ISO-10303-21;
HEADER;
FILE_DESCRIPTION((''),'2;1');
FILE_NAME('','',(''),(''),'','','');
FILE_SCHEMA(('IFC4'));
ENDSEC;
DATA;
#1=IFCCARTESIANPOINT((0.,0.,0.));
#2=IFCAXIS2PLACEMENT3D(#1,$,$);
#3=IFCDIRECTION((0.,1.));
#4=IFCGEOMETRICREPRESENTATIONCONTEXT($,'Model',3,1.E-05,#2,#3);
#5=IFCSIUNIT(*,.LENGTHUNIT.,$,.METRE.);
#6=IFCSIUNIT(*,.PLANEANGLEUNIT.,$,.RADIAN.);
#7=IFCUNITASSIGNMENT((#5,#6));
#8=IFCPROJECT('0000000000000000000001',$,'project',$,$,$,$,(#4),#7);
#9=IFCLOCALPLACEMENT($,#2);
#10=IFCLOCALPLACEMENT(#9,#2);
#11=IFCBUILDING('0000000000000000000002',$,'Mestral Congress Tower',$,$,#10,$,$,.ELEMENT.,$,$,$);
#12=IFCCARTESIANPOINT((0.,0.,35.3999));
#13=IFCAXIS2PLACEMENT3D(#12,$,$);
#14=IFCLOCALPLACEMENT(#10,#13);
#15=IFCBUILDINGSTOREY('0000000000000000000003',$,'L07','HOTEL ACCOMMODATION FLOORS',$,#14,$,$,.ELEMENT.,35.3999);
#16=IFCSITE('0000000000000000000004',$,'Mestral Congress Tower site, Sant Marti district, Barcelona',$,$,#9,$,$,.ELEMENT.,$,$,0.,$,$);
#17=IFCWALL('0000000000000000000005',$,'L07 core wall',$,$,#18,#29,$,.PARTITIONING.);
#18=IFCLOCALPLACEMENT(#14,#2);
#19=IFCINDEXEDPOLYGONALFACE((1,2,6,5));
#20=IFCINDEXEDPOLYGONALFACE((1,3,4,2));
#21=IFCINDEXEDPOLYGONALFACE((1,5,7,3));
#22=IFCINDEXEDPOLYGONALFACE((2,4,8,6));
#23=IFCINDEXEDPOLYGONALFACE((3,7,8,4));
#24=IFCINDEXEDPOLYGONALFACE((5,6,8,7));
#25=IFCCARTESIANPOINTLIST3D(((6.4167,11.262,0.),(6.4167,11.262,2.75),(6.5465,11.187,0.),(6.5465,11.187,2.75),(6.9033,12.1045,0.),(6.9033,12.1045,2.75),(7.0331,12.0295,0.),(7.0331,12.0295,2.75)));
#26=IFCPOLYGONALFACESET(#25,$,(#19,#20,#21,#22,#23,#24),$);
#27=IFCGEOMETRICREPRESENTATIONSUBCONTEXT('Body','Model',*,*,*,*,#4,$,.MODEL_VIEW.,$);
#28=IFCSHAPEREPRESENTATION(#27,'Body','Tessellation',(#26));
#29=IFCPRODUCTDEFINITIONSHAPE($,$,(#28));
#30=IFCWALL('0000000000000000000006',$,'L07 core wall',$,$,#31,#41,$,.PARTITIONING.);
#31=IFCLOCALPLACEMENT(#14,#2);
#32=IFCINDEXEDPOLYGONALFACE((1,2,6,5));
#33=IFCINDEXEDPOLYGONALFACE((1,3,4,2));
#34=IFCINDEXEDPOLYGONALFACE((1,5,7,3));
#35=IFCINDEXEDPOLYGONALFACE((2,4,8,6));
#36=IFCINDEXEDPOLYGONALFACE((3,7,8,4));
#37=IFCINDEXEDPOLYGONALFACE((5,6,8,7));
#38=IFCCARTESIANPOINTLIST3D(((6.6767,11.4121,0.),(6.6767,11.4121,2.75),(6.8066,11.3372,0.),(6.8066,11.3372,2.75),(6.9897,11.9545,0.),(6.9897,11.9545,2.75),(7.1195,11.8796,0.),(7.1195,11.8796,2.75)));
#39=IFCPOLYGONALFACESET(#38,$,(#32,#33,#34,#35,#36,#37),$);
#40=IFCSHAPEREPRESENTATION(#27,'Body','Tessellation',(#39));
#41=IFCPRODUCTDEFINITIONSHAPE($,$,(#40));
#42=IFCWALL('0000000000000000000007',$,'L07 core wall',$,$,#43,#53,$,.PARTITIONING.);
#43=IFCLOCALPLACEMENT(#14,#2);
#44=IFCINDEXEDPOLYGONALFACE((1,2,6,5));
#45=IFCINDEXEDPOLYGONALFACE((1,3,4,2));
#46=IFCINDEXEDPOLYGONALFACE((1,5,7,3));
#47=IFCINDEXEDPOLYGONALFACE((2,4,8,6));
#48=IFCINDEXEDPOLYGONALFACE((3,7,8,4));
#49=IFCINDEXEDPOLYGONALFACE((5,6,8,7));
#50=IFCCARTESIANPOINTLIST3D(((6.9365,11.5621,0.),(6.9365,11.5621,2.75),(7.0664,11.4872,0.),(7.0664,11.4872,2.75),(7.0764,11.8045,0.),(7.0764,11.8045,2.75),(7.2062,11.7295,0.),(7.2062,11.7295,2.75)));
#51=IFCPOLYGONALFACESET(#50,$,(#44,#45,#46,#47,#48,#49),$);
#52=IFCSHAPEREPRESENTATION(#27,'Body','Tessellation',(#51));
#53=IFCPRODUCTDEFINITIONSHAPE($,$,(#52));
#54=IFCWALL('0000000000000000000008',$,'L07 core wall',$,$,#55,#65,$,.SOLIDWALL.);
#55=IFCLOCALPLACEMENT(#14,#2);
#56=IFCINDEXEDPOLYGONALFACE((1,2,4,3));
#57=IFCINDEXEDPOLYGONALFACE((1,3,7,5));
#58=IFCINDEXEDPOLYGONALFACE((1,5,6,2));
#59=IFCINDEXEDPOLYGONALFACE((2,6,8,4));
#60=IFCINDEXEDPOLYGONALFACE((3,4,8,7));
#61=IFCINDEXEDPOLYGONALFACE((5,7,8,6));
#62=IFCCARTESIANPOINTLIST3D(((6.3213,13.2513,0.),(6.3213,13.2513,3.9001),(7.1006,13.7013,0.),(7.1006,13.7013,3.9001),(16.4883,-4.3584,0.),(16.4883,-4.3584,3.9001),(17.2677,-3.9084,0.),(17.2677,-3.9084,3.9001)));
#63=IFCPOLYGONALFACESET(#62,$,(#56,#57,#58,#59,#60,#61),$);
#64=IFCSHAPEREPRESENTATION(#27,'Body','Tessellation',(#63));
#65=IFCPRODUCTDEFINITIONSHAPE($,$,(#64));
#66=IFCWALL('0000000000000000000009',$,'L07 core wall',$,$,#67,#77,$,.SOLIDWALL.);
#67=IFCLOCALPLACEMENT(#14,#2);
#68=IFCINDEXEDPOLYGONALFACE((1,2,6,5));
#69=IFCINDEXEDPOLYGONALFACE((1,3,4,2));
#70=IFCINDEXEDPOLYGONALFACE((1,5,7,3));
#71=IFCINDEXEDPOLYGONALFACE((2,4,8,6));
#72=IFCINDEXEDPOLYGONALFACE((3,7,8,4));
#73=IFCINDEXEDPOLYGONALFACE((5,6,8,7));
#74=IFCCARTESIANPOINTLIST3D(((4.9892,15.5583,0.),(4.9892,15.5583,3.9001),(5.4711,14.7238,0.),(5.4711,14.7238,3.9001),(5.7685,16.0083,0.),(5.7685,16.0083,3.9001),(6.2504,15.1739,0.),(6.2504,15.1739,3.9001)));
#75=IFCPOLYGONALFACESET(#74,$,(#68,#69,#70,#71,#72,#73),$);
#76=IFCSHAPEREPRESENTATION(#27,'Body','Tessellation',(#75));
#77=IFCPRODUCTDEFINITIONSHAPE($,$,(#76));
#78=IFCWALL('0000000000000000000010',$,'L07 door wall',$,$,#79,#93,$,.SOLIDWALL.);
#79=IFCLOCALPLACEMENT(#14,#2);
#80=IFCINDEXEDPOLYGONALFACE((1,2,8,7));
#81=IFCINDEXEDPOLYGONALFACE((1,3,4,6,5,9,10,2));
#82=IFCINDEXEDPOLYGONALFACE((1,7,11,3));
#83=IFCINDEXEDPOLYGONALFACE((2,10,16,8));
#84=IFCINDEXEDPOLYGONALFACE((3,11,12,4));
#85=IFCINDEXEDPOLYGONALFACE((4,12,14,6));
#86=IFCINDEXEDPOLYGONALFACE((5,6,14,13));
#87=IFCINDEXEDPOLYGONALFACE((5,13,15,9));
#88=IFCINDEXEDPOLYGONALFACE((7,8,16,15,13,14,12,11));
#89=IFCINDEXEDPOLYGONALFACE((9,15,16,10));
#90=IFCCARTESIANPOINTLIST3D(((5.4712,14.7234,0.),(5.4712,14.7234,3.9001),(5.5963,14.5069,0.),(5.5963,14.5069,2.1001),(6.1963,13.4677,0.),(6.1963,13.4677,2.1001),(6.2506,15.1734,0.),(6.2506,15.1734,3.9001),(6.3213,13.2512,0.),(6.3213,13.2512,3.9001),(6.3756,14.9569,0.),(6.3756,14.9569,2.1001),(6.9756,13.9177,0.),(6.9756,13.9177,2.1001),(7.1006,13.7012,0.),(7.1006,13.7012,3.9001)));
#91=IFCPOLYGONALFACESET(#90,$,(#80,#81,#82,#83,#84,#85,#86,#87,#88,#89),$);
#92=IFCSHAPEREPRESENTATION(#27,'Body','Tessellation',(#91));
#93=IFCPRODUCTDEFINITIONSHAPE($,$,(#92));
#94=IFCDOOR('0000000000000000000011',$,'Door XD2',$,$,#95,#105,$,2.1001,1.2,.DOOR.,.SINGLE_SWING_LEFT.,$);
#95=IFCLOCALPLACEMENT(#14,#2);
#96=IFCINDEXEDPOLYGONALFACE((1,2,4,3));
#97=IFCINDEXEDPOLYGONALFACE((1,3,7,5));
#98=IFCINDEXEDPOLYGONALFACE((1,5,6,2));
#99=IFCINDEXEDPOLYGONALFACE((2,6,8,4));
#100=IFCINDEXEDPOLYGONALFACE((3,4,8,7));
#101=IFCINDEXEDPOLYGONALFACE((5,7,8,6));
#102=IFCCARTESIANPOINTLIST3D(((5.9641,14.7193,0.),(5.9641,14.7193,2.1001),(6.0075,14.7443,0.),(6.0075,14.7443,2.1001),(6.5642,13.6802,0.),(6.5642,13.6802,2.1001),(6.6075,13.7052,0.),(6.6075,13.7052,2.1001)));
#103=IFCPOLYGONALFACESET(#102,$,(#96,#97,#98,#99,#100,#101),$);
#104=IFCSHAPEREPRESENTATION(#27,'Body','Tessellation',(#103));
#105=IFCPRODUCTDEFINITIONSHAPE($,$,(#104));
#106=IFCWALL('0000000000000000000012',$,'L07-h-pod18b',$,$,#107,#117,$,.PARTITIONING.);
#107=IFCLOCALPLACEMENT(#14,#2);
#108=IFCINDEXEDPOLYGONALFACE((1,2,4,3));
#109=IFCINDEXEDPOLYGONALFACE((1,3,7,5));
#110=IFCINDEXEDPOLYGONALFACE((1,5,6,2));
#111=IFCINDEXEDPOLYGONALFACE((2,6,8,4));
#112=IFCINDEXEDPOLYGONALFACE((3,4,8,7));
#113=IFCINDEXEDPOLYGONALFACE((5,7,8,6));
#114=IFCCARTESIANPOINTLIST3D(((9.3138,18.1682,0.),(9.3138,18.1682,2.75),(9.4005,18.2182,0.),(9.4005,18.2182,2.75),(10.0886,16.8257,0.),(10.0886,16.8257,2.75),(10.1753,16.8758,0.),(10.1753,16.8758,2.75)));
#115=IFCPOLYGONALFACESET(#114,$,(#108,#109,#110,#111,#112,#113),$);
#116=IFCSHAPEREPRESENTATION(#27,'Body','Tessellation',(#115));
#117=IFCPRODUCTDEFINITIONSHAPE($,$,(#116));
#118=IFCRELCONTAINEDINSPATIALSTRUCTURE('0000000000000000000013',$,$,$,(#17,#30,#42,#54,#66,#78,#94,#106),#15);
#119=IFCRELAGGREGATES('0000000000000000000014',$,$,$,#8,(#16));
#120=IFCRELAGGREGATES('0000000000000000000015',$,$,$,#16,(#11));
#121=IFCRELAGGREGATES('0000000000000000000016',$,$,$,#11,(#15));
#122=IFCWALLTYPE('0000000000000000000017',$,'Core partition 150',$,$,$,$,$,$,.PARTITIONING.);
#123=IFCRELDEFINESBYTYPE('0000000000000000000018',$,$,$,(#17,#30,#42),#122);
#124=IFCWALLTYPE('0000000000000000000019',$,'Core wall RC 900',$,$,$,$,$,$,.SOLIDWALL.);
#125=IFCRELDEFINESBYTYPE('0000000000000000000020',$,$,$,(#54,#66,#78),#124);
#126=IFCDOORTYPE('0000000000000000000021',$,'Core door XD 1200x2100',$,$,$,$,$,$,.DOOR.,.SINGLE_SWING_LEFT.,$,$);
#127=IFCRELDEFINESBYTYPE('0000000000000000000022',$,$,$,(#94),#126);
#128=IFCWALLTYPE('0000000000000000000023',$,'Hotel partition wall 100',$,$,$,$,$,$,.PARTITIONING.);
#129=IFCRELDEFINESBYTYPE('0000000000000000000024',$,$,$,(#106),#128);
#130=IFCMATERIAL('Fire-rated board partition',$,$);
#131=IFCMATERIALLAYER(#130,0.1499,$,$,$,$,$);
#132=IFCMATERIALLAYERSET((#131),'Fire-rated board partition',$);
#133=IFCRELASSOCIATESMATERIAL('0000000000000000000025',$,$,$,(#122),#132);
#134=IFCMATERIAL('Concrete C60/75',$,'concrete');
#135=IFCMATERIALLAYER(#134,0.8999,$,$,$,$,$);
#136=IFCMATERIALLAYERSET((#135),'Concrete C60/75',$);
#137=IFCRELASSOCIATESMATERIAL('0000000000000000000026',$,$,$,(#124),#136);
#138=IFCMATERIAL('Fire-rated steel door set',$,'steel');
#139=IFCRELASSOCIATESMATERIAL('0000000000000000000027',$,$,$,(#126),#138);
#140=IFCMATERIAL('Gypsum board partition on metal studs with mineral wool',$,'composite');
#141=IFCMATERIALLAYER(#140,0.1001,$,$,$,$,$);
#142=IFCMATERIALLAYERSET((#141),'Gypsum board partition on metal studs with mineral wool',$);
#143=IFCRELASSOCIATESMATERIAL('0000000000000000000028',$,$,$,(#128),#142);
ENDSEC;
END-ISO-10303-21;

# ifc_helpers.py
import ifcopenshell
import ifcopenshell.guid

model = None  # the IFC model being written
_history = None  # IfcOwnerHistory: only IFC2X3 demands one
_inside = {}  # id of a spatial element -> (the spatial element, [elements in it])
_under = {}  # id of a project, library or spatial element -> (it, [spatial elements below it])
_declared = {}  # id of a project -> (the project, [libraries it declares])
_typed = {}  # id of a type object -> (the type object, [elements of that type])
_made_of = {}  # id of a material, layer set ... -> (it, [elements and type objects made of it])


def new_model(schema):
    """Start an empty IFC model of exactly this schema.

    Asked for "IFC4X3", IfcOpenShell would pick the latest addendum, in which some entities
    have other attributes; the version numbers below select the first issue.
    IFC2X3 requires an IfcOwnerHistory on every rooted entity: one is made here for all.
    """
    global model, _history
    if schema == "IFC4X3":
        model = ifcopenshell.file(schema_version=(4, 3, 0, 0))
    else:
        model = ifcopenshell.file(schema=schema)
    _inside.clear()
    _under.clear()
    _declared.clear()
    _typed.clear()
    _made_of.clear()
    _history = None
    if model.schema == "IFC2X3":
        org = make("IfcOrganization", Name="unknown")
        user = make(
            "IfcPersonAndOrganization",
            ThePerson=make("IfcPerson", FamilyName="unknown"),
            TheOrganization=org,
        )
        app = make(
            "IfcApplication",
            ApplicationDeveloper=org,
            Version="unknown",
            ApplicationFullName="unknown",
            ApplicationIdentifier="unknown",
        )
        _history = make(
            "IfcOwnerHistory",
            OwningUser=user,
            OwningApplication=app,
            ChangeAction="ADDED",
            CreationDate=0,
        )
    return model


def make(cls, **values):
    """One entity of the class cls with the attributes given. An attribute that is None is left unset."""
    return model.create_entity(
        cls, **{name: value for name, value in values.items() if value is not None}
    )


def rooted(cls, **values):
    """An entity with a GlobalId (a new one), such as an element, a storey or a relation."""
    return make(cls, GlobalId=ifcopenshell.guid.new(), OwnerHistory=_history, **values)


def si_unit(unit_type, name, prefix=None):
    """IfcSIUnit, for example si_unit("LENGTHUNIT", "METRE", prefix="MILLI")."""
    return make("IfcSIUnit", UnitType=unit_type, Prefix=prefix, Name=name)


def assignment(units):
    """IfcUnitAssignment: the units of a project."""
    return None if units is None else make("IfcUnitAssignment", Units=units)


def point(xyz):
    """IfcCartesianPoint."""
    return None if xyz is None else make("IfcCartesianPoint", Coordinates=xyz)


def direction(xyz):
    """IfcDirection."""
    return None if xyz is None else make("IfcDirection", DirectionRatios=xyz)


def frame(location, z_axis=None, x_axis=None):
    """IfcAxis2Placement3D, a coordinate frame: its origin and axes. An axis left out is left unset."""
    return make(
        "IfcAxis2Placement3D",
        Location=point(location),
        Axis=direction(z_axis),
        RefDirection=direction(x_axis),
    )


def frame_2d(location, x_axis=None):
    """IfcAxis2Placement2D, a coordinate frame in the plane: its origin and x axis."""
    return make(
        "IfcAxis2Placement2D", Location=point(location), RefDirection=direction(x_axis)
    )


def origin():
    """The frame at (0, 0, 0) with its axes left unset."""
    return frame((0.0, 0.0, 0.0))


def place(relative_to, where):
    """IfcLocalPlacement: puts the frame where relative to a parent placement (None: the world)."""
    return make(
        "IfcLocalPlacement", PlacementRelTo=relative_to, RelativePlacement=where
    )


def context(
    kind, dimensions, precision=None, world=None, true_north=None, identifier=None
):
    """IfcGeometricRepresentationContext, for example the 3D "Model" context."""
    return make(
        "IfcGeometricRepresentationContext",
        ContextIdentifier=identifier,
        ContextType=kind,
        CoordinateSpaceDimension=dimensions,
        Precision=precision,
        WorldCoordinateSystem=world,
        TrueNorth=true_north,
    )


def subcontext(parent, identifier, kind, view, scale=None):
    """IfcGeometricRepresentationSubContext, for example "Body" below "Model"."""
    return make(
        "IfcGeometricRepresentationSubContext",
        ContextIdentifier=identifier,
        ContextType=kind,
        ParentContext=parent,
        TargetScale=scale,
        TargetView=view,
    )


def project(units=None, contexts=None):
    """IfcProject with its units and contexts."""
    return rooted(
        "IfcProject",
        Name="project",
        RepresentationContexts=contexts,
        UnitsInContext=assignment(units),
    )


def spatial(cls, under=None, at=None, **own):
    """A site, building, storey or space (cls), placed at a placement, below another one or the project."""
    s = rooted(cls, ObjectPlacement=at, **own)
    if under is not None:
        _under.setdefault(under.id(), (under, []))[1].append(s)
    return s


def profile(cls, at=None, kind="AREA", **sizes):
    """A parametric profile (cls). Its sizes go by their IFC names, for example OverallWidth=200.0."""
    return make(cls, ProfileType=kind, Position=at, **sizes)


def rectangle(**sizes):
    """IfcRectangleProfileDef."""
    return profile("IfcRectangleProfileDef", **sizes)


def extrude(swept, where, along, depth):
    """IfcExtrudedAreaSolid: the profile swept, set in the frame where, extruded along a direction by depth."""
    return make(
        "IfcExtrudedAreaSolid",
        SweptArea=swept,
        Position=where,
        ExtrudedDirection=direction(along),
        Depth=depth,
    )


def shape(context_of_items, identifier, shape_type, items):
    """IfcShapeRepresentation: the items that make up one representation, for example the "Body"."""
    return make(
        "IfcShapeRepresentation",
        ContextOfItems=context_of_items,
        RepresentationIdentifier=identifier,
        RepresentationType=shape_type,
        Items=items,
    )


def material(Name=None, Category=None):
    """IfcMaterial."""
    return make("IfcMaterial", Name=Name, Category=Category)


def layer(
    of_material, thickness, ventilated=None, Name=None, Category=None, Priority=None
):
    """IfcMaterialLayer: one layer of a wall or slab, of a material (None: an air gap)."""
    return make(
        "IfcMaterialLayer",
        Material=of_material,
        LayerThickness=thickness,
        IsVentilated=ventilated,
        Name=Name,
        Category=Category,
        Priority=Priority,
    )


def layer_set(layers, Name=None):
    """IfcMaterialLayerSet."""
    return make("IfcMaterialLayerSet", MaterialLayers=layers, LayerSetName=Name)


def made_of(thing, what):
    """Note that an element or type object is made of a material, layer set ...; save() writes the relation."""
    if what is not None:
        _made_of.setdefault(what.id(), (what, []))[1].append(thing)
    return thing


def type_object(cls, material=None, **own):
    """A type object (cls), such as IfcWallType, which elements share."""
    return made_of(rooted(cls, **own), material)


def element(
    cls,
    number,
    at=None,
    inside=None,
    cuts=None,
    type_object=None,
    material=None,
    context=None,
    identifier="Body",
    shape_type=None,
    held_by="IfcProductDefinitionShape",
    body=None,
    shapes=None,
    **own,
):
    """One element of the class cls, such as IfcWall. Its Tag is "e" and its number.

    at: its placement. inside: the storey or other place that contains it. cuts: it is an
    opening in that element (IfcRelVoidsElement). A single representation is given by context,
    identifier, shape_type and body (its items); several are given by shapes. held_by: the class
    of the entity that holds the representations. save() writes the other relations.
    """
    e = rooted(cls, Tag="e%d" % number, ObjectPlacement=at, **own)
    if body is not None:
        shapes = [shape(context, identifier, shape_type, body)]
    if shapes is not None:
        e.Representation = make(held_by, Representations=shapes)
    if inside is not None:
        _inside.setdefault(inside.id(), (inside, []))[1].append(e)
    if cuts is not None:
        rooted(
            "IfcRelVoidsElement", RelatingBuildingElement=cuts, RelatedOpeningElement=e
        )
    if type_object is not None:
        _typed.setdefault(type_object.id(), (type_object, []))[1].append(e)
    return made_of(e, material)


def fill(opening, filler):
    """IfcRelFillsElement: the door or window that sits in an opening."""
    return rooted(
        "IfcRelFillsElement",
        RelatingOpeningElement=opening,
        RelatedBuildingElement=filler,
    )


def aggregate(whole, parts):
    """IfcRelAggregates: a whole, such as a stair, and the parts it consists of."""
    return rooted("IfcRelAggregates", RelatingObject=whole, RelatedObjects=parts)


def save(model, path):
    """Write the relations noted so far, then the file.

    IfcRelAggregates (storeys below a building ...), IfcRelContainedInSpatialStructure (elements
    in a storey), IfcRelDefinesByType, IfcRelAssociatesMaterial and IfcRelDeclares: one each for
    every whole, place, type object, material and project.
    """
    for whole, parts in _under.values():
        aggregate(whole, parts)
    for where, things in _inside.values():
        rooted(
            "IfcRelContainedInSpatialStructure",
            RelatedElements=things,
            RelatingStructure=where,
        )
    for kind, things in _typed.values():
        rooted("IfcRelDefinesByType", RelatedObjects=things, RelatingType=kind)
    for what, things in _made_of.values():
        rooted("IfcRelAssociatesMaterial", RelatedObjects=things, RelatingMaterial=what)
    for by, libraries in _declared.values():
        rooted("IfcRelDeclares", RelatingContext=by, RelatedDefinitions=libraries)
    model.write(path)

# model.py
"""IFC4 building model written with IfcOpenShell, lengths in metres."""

from ifc_helpers import new_model, si_unit, direction, frame, frame_2d, origin, place, context, subcontext, project, spatial, rectangle, extrude, material, layer, layer_set, type_object, element, fill, save


model = new_model("IFC4")

# Units and contexts
model_context = context("Model", 3, precision=1e-05, world=origin(), true_north=direction((0.0, 1.0)))
body_context = subcontext(model_context, "Body", "Model", "MODEL_VIEW")
ifc_project = project(units=[si_unit("LENGTHUNIT", "METRE"), si_unit("PLANEANGLEUNIT", "RADIAN")], contexts=[model_context])

# Site, building, storey
site_placement = place(None, origin())
site = spatial("IfcSite", under=ifc_project, at=site_placement, Name="Mestral Congress Tower site, Sant Marti district, Barcelona", CompositionType="ELEMENT", RefElevation=0.0)
building_placement = place(site_placement, origin())
building = spatial("IfcBuilding", under=site, at=building_placement, Name="Mestral Congress Tower", CompositionType="ELEMENT")
storey_placement = place(building_placement, frame((0.0, 0.0, 35.3999)))
storey = spatial("IfcBuildingStorey", under=building, at=storey_placement, Name="L07", Description="HOTEL ACCOMMODATION FLOORS", CompositionType="ELEMENT", Elevation=35.3999)

# Walls
ifc_material_1 = material(Name="Fire-rated board partition")
ifc_layer_1 = layer(ifc_material_1, 0.1499)
ifc_layer_set_1 = layer_set([ifc_layer_1], Name="Fire-rated board partition")
wall_type_1 = type_object("IfcWallType", Name="Core partition 150", PredefinedType="PARTITIONING", material=ifc_layer_set_1)
wall_1_placement = place(storey_placement, frame((6.4817, 11.2246, 0.0), z_axis=(0.0, 0.0, 1.0), x_axis=(0.500106, 0.865964, 0.0)))
element("IfcWall", 1, at=wall_1_placement, inside=storey, type_object=wall_type_1, Name="L07 core wall", PredefinedType="PARTITIONING", context=body_context, shape_type="SweptSolid", body=[
    extrude(rectangle(XDim=0.9729, YDim=0.1499, at=frame_2d((0.4863, 0.0))), origin(), (0.0, 0.0, 1.0), 2.75),
])
wall_2_placement = place(storey_placement, frame((6.7417, 11.3748, 0.0), z_axis=(0.0, 0.0, 1.0), x_axis=(0.499745, 0.866173, 0.0)))
element("IfcWall", 2, at=wall_2_placement, inside=storey, type_object=wall_type_1, Name="L07 core wall", PredefinedType="PARTITIONING", context=body_context, shape_type="SweptSolid", body=[
    extrude(rectangle(XDim=0.6262, YDim=0.1499, at=frame_2d((0.313, 0.0))), origin(), (0.0, 0.0, 1.0), 2.75),
])
wall_3_placement = place(storey_placement, frame((7.0015, 11.5247, 0.0), z_axis=(0.0, 0.0, 1.0), x_axis=(0.499798, 0.866142, 0.0)))
element("IfcWall", 3, at=wall_3_placement, inside=storey, type_object=wall_type_1, Name="L07 core wall", PredefinedType="PARTITIONING", context=body_context, shape_type="SweptSolid", body=[
    extrude(rectangle(XDim=0.2798, YDim=0.1499, at=frame_2d((0.1399, 0.0))), origin(), (0.0, 0.0, 1.0), 2.75),
])
ifc_material_2 = material(Name="Concrete C60/75", Category="concrete")
ifc_layer_2 = layer(ifc_material_2, 0.8999)
ifc_layer_set_2 = layer_set([ifc_layer_2], Name="Concrete C60/75")
wall_type_2 = type_object("IfcWallType", Name="Core wall RC 900", PredefinedType="SOLIDWALL", material=ifc_layer_set_2)
wall_4_placement = place(storey_placement, frame((6.7109, 13.4763, 0.0), z_axis=(0.0, 0.0, 1.0), x_axis=(0.500003, -0.866024, 0.0)))
element("IfcWall", 4, at=wall_4_placement, inside=storey, type_object=wall_type_2, Name="L07 core wall", PredefinedType="SOLIDWALL", context=body_context, shape_type="SweptSolid", body=[
    extrude(rectangle(XDim=20.334, YDim=0.8999, at=frame_2d((10.167, 0.0))), origin(), (0.0, 0.0, 1.0), 3.9001),
])
wall_5_placement = place(storey_placement, frame((5.8608, 14.9487, 0.0), z_axis=(0.0, 0.0, 1.0), x_axis=(-0.500117, 0.865958, 0.0)))
element("IfcWall", 5, at=wall_5_placement, inside=storey, type_object=wall_type_2, Name="L07 core wall", PredefinedType="SOLIDWALL", context=body_context, shape_type="SweptSolid", body=[
    extrude(rectangle(XDim=0.9636, YDim=0.8999, at=frame_2d((0.4819, 0.0))), origin(), (0.0, 0.0, 1.0), 3.9001),
])

# Wall, opening, door
wall_6_placement = place(storey_placement, frame((5.8608, 14.9485, 0.0), z_axis=(0.0, 0.0, 1.0), x_axis=(0.500062, -0.865989, 0.0)))
wall_6 = element("IfcWall", 6, at=wall_6_placement, inside=storey, type_object=wall_type_2, Name="L07 door wall", PredefinedType="SOLIDWALL", context=body_context, shape_type="SweptSolid", body=[
    extrude(rectangle(XDim=1.7, YDim=0.8999, at=frame_2d((0.8501, 0.0))), origin(), (0.0, 0.0, 1.0), 3.9001),
])
opening_1_placement = place(wall_6_placement, frame((0.25, 0.0, 0.0)))
opening_1 = element("IfcOpeningElement", 7, at=opening_1_placement, cuts=wall_6, PredefinedType="OPENING", context=body_context, shape_type="SweptSolid", body=[
    extrude(rectangle(XDim=1.2, YDim=2.1001, at=frame_2d((0.6001, 1.05))), frame((0.0, 0.46, 0.0), z_axis=(0.0, -1.0, 0.0), x_axis=(1.0, 0.0, 0.0)), (0.0, 0.0, 1.0), 0.9199),
])
ifc_material_3 = material(Name="Fire-rated steel door set", Category="steel")
door_type_1 = type_object("IfcDoorType", Name="Core door XD 1200x2100", OperationType="SINGLE_SWING_LEFT", PredefinedType="DOOR", material=ifc_material_3)
door_1_placement = place(opening_1_placement, origin())
door_1 = element("IfcDoor", 8, at=door_1_placement, inside=storey, type_object=door_type_1, Name="Door XD2", OperationType="SINGLE_SWING_LEFT", OverallHeight=2.1001, OverallWidth=1.2, PredefinedType="DOOR", context=body_context, shape_type="SweptSolid", body=[
    extrude(rectangle(XDim=1.2, YDim=2.1001, at=frame_2d((0.6001, 1.05))), frame((0.0, 0.0249, 0.0), z_axis=(0.0, -1.0, 0.0), x_axis=(1.0, 0.0, 0.0)), (0.0, 0.0, 1.0), 0.05),
])
fill(opening_1, door_1)

# Wall
ifc_material_4 = material(Name="Gypsum board partition on metal studs with mineral wool", Category="composite")
ifc_layer_3 = layer(ifc_material_4, 0.1001)
ifc_layer_set_3 = layer_set([ifc_layer_3], Name="Gypsum board partition on metal studs with mineral wool")
wall_type_3 = type_object("IfcWallType", Name="Hotel partition wall 100", PredefinedType="PARTITIONING", material=ifc_layer_set_3)
wall_7_placement = place(storey_placement, frame((9.3572, 18.1931, 0.0), z_axis=(0.0, 0.0, 1.0), x_axis=(0.4999, -0.866083, 0.0)))
element("IfcWall", 9, at=wall_7_placement, inside=storey, type_object=wall_type_3, Name="L07-h-pod18b", PredefinedType="PARTITIONING", context=body_context, shape_type="SweptSolid", body=[
    extrude(rectangle(XDim=1.55, YDim=0.1001, at=frame_2d((0.7749, 0.0))), origin(), (0.0, 0.0, 1.0), 2.75),
])

save(model, "model.ifc")
